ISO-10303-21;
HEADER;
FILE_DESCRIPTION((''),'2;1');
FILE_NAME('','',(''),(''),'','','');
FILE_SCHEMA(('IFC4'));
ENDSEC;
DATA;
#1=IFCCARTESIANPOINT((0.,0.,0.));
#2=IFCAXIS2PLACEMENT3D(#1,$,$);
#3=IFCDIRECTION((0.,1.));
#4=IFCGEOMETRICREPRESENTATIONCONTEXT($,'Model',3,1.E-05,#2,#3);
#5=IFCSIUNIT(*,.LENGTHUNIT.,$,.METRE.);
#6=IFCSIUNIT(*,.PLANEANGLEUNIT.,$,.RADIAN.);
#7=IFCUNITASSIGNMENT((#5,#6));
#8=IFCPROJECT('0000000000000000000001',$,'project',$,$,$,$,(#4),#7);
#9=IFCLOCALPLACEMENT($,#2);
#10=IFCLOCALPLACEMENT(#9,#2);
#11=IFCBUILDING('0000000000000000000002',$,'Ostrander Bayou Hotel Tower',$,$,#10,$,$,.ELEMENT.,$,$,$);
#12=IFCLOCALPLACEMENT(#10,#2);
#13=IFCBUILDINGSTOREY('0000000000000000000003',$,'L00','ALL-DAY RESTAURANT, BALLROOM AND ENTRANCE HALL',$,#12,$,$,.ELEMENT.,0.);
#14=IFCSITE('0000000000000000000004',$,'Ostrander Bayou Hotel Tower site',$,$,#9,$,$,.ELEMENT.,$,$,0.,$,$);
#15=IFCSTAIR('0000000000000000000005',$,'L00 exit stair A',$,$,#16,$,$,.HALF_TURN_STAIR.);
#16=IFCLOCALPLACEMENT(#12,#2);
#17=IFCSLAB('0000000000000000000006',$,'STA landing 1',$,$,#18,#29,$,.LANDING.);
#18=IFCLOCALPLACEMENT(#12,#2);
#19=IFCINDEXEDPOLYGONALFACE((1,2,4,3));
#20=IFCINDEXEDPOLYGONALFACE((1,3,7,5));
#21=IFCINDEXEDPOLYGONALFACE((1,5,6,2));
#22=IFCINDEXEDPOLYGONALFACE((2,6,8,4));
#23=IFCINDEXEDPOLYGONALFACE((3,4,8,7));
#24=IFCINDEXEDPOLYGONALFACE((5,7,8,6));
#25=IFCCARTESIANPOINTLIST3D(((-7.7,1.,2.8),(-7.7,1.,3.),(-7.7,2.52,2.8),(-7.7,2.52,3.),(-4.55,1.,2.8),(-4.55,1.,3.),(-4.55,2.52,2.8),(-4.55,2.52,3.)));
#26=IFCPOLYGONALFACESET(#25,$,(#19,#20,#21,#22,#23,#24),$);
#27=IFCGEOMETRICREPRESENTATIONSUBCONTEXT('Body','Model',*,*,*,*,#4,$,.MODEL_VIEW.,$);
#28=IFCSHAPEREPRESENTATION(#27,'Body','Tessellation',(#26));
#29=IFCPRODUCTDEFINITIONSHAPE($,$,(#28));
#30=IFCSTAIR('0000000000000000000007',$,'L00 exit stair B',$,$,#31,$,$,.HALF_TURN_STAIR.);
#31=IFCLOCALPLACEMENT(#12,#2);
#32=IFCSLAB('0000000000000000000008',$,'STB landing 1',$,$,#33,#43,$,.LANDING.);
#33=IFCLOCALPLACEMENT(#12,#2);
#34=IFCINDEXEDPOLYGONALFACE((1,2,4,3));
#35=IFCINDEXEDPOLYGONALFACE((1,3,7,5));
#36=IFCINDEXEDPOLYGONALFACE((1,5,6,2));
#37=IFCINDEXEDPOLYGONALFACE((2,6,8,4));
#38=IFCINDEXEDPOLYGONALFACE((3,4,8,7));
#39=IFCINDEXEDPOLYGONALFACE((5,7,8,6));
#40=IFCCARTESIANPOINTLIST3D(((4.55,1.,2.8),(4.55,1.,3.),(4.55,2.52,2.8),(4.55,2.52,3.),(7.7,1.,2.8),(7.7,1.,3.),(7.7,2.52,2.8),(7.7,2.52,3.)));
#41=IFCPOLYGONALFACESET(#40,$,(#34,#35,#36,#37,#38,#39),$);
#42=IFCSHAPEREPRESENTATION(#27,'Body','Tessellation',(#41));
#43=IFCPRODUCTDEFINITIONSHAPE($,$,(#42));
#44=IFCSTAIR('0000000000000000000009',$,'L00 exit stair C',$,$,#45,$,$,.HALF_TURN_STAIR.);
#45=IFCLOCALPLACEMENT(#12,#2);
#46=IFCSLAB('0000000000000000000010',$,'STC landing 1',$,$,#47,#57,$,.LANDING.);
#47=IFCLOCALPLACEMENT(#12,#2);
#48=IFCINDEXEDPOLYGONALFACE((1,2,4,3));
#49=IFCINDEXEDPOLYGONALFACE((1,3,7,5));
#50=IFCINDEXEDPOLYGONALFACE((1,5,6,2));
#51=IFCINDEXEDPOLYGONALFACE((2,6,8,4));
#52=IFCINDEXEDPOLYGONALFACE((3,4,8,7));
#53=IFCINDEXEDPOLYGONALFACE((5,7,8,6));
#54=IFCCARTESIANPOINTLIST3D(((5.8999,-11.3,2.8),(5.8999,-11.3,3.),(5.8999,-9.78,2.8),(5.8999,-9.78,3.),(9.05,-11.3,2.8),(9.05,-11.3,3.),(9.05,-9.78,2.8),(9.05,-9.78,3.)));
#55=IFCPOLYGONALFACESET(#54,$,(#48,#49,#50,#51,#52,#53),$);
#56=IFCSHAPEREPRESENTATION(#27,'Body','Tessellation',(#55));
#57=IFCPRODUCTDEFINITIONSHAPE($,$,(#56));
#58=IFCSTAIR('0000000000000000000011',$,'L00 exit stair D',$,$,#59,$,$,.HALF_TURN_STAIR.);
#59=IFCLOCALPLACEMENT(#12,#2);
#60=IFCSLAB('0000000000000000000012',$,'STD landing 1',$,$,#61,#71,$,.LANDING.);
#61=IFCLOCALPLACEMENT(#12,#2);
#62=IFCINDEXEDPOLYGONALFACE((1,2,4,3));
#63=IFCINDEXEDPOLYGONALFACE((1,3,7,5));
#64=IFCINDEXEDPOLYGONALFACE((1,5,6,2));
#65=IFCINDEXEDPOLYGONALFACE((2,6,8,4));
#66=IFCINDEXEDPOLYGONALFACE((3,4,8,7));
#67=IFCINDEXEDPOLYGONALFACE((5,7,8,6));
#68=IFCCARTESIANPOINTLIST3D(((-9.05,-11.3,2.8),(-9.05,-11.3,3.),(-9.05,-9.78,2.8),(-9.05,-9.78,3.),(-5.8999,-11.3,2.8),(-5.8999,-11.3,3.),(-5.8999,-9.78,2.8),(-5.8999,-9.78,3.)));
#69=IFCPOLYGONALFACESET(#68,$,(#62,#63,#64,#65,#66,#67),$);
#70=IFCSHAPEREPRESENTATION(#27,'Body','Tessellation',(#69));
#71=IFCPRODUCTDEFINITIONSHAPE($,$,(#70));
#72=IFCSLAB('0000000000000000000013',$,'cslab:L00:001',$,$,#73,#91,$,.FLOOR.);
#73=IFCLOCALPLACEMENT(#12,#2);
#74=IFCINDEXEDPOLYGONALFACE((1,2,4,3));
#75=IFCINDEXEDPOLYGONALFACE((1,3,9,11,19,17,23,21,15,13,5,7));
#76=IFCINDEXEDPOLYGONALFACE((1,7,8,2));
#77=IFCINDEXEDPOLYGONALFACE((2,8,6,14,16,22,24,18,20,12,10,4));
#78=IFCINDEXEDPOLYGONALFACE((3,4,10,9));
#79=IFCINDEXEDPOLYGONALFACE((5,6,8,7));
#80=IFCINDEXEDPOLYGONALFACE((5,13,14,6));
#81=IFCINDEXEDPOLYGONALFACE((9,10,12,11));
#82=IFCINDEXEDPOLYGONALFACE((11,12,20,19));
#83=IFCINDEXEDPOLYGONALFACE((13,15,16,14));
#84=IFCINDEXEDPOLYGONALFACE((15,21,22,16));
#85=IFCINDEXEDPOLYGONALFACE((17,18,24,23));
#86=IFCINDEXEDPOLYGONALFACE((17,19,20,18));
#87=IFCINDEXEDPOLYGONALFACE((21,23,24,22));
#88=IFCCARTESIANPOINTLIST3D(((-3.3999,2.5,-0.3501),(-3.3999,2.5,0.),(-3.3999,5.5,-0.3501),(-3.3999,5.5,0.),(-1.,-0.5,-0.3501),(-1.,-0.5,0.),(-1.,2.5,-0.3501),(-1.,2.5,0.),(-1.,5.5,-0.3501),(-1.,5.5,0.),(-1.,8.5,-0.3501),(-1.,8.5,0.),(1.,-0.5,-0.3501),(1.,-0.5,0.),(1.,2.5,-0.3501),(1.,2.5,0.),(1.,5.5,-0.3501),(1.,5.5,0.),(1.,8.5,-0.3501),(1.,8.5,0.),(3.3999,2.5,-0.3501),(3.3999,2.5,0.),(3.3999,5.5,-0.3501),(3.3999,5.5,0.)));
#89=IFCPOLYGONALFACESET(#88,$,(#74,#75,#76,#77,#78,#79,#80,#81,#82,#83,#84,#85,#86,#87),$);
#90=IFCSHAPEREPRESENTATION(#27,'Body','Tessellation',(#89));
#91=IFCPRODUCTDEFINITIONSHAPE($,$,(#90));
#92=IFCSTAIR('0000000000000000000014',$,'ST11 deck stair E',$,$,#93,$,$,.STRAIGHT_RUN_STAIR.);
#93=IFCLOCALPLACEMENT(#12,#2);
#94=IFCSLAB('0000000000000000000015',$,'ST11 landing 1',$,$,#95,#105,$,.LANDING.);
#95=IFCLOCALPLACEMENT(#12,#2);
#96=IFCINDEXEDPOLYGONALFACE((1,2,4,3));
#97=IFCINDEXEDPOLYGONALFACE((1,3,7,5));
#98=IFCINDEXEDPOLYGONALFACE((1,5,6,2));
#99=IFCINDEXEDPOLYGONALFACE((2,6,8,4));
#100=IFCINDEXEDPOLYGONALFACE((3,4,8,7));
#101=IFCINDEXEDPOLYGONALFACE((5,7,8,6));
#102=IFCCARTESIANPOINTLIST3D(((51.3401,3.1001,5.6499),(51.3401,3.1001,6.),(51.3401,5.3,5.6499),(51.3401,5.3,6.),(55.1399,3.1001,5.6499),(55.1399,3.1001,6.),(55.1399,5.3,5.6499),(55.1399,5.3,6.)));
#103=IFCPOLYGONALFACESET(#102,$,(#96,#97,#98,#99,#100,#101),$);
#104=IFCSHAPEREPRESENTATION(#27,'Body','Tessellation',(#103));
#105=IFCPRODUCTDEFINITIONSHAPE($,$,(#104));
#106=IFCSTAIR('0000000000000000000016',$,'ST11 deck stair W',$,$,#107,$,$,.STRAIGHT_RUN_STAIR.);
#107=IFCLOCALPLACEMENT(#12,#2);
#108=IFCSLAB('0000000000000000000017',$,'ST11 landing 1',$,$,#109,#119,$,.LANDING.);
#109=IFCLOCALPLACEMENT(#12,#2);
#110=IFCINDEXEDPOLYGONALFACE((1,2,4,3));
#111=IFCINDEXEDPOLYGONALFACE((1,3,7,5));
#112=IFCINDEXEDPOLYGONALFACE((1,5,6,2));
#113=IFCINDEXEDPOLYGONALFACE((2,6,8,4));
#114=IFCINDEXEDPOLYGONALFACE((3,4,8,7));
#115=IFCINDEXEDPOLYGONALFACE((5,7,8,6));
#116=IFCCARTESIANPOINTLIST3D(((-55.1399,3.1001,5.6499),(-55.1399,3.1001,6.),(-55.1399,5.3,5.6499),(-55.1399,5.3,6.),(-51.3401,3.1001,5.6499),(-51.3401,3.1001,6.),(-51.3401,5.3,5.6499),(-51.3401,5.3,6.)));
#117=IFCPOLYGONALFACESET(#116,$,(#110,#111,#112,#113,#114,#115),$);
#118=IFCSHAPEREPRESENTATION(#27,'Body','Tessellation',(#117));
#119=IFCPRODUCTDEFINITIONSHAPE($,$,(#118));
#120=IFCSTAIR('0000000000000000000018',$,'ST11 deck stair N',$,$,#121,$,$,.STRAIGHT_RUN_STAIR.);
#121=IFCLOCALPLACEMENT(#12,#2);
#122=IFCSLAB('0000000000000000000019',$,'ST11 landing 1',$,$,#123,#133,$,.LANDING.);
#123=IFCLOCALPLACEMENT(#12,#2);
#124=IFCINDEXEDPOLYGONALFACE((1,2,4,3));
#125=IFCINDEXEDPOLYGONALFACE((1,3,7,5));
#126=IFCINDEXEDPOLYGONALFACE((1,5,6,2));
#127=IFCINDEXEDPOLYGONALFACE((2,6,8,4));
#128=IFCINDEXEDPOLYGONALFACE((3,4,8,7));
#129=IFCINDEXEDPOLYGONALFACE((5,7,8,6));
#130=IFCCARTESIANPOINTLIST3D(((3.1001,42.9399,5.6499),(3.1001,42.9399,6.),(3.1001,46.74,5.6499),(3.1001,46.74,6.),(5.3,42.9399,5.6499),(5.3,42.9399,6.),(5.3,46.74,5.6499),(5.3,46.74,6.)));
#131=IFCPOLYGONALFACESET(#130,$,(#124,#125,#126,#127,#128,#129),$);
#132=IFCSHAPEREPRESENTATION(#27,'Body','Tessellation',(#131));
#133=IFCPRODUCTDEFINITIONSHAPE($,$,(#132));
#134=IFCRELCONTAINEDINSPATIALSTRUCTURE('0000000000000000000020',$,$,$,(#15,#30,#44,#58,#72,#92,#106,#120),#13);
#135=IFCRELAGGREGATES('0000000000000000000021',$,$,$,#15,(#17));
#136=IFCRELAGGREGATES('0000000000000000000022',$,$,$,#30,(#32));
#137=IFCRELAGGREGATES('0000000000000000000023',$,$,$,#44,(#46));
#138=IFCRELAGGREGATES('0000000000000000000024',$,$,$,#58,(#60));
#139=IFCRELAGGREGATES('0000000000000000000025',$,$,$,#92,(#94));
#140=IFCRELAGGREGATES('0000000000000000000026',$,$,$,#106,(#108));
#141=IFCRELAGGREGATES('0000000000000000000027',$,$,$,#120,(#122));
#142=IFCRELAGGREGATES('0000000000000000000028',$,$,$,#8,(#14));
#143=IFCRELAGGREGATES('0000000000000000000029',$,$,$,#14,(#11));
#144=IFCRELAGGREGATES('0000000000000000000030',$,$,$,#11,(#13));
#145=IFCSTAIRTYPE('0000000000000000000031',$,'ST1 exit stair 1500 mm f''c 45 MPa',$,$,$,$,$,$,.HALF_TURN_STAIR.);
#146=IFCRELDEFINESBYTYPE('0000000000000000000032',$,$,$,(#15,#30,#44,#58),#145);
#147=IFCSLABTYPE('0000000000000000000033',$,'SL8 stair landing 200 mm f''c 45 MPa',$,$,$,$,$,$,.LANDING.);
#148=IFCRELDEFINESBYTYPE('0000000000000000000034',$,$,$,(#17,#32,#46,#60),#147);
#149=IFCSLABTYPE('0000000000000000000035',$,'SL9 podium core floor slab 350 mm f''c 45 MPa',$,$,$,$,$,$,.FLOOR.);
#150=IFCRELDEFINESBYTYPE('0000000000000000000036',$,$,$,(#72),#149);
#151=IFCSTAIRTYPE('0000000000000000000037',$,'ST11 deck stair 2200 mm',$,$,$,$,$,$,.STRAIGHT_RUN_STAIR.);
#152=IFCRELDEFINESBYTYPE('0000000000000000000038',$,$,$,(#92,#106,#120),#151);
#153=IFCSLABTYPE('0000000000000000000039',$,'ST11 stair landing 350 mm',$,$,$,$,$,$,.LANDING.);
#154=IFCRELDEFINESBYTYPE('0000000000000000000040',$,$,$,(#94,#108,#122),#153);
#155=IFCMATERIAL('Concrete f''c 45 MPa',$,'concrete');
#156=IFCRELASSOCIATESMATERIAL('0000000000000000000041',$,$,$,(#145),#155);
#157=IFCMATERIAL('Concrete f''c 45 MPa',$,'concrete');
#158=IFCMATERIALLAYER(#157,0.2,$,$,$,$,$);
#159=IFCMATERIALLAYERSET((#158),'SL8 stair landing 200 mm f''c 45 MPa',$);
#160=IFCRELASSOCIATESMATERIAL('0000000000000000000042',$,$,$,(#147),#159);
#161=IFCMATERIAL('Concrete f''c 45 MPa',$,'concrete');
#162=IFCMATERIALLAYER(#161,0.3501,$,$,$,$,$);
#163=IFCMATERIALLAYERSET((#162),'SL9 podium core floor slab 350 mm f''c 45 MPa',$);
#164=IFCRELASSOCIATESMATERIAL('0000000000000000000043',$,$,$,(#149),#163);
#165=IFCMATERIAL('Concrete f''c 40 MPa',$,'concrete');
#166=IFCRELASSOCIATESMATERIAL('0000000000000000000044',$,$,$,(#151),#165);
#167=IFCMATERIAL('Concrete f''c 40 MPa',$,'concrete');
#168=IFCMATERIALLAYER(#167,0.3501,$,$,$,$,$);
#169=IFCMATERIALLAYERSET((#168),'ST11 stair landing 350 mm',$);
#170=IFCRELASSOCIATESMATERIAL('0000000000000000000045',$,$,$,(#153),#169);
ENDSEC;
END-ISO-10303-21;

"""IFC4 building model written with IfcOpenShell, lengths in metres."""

from ifc_helpers import new_model, si_unit, direction, frame, origin, place, context, subcontext, project, spatial, polyline, outline, extrude, material, layer, layer_set, type_object, element, aggregate, save


model = new_model("IFC4")

# Units and contexts
model_context = context("Model", 3, precision=1e-05, world=origin(), true_north=direction((0.0, 1.0)))
body_context = subcontext(model_context, "Body", "Model", "MODEL_VIEW")
ifc_project = project(units=[si_unit("LENGTHUNIT", "METRE"), si_unit("PLANEANGLEUNIT", "RADIAN")], contexts=[model_context])

# Site, building, storey
site_placement = place(None, origin())
site = spatial("IfcSite", under=ifc_project, at=site_placement, Name="Ostrander Bayou Hotel Tower site", CompositionType="ELEMENT", RefElevation=0.0)
building_placement = place(site_placement, origin())
building = spatial("IfcBuilding", under=site, at=building_placement, Name="Ostrander Bayou Hotel Tower", CompositionType="ELEMENT")
storey_placement = place(building_placement, origin())
storey = spatial("IfcBuildingStorey", under=building, at=storey_placement, Name="L00", Description="ALL-DAY RESTAURANT, BALLROOM AND ENTRANCE HALL", CompositionType="ELEMENT", Elevation=0.0)

# Stairs, slabs
ifc_material_1 = material(Name="Concrete f'c 45 MPa", Category="concrete")
stair_type_1 = type_object("IfcStairType", Name="ST1 exit stair 1500 mm f'c 45 MPa", PredefinedType="HALF_TURN_STAIR", material=ifc_material_1)
stair_1_placement = place(storey_placement, origin())
stair_1 = element("IfcStair", 1, at=stair_1_placement, inside=storey, type_object=stair_type_1, Name="L00 exit stair A", PredefinedType="HALF_TURN_STAIR")
ifc_material_2 = material(Name="Concrete f'c 45 MPa", Category="concrete")
ifc_layer_1 = layer(ifc_material_2, 0.2)
ifc_layer_set_1 = layer_set([ifc_layer_1], Name="SL8 stair landing 200 mm f'c 45 MPa")
slab_type_1 = type_object("IfcSlabType", Name="SL8 stair landing 200 mm f'c 45 MPa", PredefinedType="LANDING", material=ifc_layer_set_1)
slab_1_placement = place(storey_placement, frame((0.0, 0.0, 2.8)))
slab_1 = element("IfcSlab", 2, at=slab_1_placement, type_object=slab_type_1, Name="STA landing 1", PredefinedType="LANDING", context=body_context, shape_type="SweptSolid", body=[
    extrude(outline(polyline([(-7.7, 2.52), (-7.7, 1.0), (-4.55, 1.0), (-4.55, 2.52), (-7.7, 2.52)])), origin(), (0.0, 0.0, 1.0), 0.2),
])
aggregate(stair_1, [slab_1])
stair_2_placement = place(storey_placement, origin())
stair_2 = element("IfcStair", 3, at=stair_2_placement, inside=storey, type_object=stair_type_1, Name="L00 exit stair B", PredefinedType="HALF_TURN_STAIR")
slab_2_placement = place(storey_placement, frame((0.0, 0.0, 2.8)))
slab_2 = element("IfcSlab", 4, at=slab_2_placement, type_object=slab_type_1, Name="STB landing 1", PredefinedType="LANDING", context=body_context, shape_type="SweptSolid", body=[
    extrude(outline(polyline([(4.55, 2.52), (4.55, 1.0), (7.7, 1.0), (7.7, 2.52), (4.55, 2.52)])), origin(), (0.0, 0.0, 1.0), 0.2),
])
aggregate(stair_2, [slab_2])
stair_3_placement = place(storey_placement, origin())
stair_3 = element("IfcStair", 5, at=stair_3_placement, inside=storey, type_object=stair_type_1, Name="L00 exit stair C", PredefinedType="HALF_TURN_STAIR")
slab_3_placement = place(storey_placement, frame((0.0, 0.0, 2.8)))
slab_3 = element("IfcSlab", 6, at=slab_3_placement, type_object=slab_type_1, Name="STC landing 1", PredefinedType="LANDING", context=body_context, shape_type="SweptSolid", body=[
    extrude(outline(polyline([(5.8999, -9.78), (5.8999, -11.3), (9.05, -11.3), (9.05, -9.78), (5.8999, -9.78)])), origin(), (0.0, 0.0, 1.0), 0.2),
])
aggregate(stair_3, [slab_3])
stair_4_placement = place(storey_placement, origin())
stair_4 = element("IfcStair", 7, at=stair_4_placement, inside=storey, type_object=stair_type_1, Name="L00 exit stair D", PredefinedType="HALF_TURN_STAIR")
slab_4_placement = place(storey_placement, frame((0.0, 0.0, 2.8)))
slab_4 = element("IfcSlab", 8, at=slab_4_placement, type_object=slab_type_1, Name="STD landing 1", PredefinedType="LANDING", context=body_context, shape_type="SweptSolid", body=[
    extrude(outline(polyline([(-9.05, -9.78), (-9.05, -11.3), (-5.8999, -11.3), (-5.8999, -9.78), (-9.05, -9.78)])), origin(), (0.0, 0.0, 1.0), 0.2),
])
aggregate(stair_4, [slab_4])

# Slab
ifc_material_3 = material(Name="Concrete f'c 45 MPa", Category="concrete")
ifc_layer_2 = layer(ifc_material_3, 0.3501)
ifc_layer_set_2 = layer_set([ifc_layer_2], Name="SL9 podium core floor slab 350 mm f'c 45 MPa")
slab_type_2 = type_object("IfcSlabType", Name="SL9 podium core floor slab 350 mm f'c 45 MPa", PredefinedType="FLOOR", material=ifc_layer_set_2)
slab_5_placement = place(storey_placement, frame((0.0, 0.0, -0.3501)))
element("IfcSlab", 9, at=slab_5_placement, inside=storey, type_object=slab_type_2, Name="cslab:L00:001", PredefinedType="FLOOR", context=body_context, shape_type="SweptSolid", body=[
    extrude(outline(polyline([(-3.3999, 5.5), (-1.0, 5.5), (-1.0, 8.5), (1.0, 8.5), (1.0, 5.5), (3.3999, 5.5), (3.3999, 2.5), (1.0, 2.5), (1.0, -0.5), (-1.0, -0.5), (-1.0, 2.5), (-3.3999, 2.5), (-3.3999, 5.5)])), origin(), (0.0, 0.0, 1.0), 0.3501),
])

# Stairs, slabs
ifc_material_4 = material(Name="Concrete f'c 40 MPa", Category="concrete")
stair_type_2 = type_object("IfcStairType", Name="ST11 deck stair 2200 mm", PredefinedType="STRAIGHT_RUN_STAIR", material=ifc_material_4)
stair_5_placement = place(storey_placement, origin())
stair_5 = element("IfcStair", 10, at=stair_5_placement, inside=storey, type_object=stair_type_2, Name="ST11 deck stair E", PredefinedType="STRAIGHT_RUN_STAIR")
ifc_material_5 = material(Name="Concrete f'c 40 MPa", Category="concrete")
ifc_layer_3 = layer(ifc_material_5, 0.3501)
ifc_layer_set_3 = layer_set([ifc_layer_3], Name="ST11 stair landing 350 mm")
slab_type_3 = type_object("IfcSlabType", Name="ST11 stair landing 350 mm", PredefinedType="LANDING", material=ifc_layer_set_3)
slab_6_placement = place(storey_placement, frame((0.0, 0.0, 5.6499)))
slab_6 = element("IfcSlab", 11, at=slab_6_placement, type_object=slab_type_3, Name="ST11 landing 1", PredefinedType="LANDING", context=body_context, shape_type="SweptSolid", body=[
    extrude(outline(polyline([(51.3401, 3.1001), (51.3401, 5.3), (55.1399, 5.3), (55.1399, 3.1001), (51.3401, 3.1001)])), origin(), (0.0, 0.0, 1.0), 0.3501),
])
aggregate(stair_5, [slab_6])
stair_6_placement = place(storey_placement, origin())
stair_6 = element("IfcStair", 12, at=stair_6_placement, inside=storey, type_object=stair_type_2, Name="ST11 deck stair W", PredefinedType="STRAIGHT_RUN_STAIR")
slab_7_placement = place(storey_placement, frame((0.0, 0.0, 5.6499)))
slab_7 = element("IfcSlab", 13, at=slab_7_placement, type_object=slab_type_3, Name="ST11 landing 1", PredefinedType="LANDING", context=body_context, shape_type="SweptSolid", body=[
    extrude(outline(polyline([(-51.3401, 5.3), (-51.3401, 3.1001), (-55.1399, 3.1001), (-55.1399, 5.3), (-51.3401, 5.3)])), origin(), (0.0, 0.0, 1.0), 0.3501),
])
aggregate(stair_6, [slab_7])
stair_7_placement = place(storey_placement, origin())
stair_7 = element("IfcStair", 14, at=stair_7_placement, inside=storey, type_object=stair_type_2, Name="ST11 deck stair N", PredefinedType="STRAIGHT_RUN_STAIR")
slab_8_placement = place(storey_placement, frame((0.0, 0.0, 5.6499)))
slab_8 = element("IfcSlab", 15, at=slab_8_placement, type_object=slab_type_3, Name="ST11 landing 1", PredefinedType="LANDING", context=body_context, shape_type="SweptSolid", body=[
    extrude(outline(polyline([(5.3, 42.9399), (3.1001, 42.9399), (3.1001, 46.74), (5.3, 46.74), (5.3, 42.9399)])), origin(), (0.0, 0.0, 1.0), 0.3501),
])
aggregate(stair_7, [slab_8])

save(model, "model.ifc")
